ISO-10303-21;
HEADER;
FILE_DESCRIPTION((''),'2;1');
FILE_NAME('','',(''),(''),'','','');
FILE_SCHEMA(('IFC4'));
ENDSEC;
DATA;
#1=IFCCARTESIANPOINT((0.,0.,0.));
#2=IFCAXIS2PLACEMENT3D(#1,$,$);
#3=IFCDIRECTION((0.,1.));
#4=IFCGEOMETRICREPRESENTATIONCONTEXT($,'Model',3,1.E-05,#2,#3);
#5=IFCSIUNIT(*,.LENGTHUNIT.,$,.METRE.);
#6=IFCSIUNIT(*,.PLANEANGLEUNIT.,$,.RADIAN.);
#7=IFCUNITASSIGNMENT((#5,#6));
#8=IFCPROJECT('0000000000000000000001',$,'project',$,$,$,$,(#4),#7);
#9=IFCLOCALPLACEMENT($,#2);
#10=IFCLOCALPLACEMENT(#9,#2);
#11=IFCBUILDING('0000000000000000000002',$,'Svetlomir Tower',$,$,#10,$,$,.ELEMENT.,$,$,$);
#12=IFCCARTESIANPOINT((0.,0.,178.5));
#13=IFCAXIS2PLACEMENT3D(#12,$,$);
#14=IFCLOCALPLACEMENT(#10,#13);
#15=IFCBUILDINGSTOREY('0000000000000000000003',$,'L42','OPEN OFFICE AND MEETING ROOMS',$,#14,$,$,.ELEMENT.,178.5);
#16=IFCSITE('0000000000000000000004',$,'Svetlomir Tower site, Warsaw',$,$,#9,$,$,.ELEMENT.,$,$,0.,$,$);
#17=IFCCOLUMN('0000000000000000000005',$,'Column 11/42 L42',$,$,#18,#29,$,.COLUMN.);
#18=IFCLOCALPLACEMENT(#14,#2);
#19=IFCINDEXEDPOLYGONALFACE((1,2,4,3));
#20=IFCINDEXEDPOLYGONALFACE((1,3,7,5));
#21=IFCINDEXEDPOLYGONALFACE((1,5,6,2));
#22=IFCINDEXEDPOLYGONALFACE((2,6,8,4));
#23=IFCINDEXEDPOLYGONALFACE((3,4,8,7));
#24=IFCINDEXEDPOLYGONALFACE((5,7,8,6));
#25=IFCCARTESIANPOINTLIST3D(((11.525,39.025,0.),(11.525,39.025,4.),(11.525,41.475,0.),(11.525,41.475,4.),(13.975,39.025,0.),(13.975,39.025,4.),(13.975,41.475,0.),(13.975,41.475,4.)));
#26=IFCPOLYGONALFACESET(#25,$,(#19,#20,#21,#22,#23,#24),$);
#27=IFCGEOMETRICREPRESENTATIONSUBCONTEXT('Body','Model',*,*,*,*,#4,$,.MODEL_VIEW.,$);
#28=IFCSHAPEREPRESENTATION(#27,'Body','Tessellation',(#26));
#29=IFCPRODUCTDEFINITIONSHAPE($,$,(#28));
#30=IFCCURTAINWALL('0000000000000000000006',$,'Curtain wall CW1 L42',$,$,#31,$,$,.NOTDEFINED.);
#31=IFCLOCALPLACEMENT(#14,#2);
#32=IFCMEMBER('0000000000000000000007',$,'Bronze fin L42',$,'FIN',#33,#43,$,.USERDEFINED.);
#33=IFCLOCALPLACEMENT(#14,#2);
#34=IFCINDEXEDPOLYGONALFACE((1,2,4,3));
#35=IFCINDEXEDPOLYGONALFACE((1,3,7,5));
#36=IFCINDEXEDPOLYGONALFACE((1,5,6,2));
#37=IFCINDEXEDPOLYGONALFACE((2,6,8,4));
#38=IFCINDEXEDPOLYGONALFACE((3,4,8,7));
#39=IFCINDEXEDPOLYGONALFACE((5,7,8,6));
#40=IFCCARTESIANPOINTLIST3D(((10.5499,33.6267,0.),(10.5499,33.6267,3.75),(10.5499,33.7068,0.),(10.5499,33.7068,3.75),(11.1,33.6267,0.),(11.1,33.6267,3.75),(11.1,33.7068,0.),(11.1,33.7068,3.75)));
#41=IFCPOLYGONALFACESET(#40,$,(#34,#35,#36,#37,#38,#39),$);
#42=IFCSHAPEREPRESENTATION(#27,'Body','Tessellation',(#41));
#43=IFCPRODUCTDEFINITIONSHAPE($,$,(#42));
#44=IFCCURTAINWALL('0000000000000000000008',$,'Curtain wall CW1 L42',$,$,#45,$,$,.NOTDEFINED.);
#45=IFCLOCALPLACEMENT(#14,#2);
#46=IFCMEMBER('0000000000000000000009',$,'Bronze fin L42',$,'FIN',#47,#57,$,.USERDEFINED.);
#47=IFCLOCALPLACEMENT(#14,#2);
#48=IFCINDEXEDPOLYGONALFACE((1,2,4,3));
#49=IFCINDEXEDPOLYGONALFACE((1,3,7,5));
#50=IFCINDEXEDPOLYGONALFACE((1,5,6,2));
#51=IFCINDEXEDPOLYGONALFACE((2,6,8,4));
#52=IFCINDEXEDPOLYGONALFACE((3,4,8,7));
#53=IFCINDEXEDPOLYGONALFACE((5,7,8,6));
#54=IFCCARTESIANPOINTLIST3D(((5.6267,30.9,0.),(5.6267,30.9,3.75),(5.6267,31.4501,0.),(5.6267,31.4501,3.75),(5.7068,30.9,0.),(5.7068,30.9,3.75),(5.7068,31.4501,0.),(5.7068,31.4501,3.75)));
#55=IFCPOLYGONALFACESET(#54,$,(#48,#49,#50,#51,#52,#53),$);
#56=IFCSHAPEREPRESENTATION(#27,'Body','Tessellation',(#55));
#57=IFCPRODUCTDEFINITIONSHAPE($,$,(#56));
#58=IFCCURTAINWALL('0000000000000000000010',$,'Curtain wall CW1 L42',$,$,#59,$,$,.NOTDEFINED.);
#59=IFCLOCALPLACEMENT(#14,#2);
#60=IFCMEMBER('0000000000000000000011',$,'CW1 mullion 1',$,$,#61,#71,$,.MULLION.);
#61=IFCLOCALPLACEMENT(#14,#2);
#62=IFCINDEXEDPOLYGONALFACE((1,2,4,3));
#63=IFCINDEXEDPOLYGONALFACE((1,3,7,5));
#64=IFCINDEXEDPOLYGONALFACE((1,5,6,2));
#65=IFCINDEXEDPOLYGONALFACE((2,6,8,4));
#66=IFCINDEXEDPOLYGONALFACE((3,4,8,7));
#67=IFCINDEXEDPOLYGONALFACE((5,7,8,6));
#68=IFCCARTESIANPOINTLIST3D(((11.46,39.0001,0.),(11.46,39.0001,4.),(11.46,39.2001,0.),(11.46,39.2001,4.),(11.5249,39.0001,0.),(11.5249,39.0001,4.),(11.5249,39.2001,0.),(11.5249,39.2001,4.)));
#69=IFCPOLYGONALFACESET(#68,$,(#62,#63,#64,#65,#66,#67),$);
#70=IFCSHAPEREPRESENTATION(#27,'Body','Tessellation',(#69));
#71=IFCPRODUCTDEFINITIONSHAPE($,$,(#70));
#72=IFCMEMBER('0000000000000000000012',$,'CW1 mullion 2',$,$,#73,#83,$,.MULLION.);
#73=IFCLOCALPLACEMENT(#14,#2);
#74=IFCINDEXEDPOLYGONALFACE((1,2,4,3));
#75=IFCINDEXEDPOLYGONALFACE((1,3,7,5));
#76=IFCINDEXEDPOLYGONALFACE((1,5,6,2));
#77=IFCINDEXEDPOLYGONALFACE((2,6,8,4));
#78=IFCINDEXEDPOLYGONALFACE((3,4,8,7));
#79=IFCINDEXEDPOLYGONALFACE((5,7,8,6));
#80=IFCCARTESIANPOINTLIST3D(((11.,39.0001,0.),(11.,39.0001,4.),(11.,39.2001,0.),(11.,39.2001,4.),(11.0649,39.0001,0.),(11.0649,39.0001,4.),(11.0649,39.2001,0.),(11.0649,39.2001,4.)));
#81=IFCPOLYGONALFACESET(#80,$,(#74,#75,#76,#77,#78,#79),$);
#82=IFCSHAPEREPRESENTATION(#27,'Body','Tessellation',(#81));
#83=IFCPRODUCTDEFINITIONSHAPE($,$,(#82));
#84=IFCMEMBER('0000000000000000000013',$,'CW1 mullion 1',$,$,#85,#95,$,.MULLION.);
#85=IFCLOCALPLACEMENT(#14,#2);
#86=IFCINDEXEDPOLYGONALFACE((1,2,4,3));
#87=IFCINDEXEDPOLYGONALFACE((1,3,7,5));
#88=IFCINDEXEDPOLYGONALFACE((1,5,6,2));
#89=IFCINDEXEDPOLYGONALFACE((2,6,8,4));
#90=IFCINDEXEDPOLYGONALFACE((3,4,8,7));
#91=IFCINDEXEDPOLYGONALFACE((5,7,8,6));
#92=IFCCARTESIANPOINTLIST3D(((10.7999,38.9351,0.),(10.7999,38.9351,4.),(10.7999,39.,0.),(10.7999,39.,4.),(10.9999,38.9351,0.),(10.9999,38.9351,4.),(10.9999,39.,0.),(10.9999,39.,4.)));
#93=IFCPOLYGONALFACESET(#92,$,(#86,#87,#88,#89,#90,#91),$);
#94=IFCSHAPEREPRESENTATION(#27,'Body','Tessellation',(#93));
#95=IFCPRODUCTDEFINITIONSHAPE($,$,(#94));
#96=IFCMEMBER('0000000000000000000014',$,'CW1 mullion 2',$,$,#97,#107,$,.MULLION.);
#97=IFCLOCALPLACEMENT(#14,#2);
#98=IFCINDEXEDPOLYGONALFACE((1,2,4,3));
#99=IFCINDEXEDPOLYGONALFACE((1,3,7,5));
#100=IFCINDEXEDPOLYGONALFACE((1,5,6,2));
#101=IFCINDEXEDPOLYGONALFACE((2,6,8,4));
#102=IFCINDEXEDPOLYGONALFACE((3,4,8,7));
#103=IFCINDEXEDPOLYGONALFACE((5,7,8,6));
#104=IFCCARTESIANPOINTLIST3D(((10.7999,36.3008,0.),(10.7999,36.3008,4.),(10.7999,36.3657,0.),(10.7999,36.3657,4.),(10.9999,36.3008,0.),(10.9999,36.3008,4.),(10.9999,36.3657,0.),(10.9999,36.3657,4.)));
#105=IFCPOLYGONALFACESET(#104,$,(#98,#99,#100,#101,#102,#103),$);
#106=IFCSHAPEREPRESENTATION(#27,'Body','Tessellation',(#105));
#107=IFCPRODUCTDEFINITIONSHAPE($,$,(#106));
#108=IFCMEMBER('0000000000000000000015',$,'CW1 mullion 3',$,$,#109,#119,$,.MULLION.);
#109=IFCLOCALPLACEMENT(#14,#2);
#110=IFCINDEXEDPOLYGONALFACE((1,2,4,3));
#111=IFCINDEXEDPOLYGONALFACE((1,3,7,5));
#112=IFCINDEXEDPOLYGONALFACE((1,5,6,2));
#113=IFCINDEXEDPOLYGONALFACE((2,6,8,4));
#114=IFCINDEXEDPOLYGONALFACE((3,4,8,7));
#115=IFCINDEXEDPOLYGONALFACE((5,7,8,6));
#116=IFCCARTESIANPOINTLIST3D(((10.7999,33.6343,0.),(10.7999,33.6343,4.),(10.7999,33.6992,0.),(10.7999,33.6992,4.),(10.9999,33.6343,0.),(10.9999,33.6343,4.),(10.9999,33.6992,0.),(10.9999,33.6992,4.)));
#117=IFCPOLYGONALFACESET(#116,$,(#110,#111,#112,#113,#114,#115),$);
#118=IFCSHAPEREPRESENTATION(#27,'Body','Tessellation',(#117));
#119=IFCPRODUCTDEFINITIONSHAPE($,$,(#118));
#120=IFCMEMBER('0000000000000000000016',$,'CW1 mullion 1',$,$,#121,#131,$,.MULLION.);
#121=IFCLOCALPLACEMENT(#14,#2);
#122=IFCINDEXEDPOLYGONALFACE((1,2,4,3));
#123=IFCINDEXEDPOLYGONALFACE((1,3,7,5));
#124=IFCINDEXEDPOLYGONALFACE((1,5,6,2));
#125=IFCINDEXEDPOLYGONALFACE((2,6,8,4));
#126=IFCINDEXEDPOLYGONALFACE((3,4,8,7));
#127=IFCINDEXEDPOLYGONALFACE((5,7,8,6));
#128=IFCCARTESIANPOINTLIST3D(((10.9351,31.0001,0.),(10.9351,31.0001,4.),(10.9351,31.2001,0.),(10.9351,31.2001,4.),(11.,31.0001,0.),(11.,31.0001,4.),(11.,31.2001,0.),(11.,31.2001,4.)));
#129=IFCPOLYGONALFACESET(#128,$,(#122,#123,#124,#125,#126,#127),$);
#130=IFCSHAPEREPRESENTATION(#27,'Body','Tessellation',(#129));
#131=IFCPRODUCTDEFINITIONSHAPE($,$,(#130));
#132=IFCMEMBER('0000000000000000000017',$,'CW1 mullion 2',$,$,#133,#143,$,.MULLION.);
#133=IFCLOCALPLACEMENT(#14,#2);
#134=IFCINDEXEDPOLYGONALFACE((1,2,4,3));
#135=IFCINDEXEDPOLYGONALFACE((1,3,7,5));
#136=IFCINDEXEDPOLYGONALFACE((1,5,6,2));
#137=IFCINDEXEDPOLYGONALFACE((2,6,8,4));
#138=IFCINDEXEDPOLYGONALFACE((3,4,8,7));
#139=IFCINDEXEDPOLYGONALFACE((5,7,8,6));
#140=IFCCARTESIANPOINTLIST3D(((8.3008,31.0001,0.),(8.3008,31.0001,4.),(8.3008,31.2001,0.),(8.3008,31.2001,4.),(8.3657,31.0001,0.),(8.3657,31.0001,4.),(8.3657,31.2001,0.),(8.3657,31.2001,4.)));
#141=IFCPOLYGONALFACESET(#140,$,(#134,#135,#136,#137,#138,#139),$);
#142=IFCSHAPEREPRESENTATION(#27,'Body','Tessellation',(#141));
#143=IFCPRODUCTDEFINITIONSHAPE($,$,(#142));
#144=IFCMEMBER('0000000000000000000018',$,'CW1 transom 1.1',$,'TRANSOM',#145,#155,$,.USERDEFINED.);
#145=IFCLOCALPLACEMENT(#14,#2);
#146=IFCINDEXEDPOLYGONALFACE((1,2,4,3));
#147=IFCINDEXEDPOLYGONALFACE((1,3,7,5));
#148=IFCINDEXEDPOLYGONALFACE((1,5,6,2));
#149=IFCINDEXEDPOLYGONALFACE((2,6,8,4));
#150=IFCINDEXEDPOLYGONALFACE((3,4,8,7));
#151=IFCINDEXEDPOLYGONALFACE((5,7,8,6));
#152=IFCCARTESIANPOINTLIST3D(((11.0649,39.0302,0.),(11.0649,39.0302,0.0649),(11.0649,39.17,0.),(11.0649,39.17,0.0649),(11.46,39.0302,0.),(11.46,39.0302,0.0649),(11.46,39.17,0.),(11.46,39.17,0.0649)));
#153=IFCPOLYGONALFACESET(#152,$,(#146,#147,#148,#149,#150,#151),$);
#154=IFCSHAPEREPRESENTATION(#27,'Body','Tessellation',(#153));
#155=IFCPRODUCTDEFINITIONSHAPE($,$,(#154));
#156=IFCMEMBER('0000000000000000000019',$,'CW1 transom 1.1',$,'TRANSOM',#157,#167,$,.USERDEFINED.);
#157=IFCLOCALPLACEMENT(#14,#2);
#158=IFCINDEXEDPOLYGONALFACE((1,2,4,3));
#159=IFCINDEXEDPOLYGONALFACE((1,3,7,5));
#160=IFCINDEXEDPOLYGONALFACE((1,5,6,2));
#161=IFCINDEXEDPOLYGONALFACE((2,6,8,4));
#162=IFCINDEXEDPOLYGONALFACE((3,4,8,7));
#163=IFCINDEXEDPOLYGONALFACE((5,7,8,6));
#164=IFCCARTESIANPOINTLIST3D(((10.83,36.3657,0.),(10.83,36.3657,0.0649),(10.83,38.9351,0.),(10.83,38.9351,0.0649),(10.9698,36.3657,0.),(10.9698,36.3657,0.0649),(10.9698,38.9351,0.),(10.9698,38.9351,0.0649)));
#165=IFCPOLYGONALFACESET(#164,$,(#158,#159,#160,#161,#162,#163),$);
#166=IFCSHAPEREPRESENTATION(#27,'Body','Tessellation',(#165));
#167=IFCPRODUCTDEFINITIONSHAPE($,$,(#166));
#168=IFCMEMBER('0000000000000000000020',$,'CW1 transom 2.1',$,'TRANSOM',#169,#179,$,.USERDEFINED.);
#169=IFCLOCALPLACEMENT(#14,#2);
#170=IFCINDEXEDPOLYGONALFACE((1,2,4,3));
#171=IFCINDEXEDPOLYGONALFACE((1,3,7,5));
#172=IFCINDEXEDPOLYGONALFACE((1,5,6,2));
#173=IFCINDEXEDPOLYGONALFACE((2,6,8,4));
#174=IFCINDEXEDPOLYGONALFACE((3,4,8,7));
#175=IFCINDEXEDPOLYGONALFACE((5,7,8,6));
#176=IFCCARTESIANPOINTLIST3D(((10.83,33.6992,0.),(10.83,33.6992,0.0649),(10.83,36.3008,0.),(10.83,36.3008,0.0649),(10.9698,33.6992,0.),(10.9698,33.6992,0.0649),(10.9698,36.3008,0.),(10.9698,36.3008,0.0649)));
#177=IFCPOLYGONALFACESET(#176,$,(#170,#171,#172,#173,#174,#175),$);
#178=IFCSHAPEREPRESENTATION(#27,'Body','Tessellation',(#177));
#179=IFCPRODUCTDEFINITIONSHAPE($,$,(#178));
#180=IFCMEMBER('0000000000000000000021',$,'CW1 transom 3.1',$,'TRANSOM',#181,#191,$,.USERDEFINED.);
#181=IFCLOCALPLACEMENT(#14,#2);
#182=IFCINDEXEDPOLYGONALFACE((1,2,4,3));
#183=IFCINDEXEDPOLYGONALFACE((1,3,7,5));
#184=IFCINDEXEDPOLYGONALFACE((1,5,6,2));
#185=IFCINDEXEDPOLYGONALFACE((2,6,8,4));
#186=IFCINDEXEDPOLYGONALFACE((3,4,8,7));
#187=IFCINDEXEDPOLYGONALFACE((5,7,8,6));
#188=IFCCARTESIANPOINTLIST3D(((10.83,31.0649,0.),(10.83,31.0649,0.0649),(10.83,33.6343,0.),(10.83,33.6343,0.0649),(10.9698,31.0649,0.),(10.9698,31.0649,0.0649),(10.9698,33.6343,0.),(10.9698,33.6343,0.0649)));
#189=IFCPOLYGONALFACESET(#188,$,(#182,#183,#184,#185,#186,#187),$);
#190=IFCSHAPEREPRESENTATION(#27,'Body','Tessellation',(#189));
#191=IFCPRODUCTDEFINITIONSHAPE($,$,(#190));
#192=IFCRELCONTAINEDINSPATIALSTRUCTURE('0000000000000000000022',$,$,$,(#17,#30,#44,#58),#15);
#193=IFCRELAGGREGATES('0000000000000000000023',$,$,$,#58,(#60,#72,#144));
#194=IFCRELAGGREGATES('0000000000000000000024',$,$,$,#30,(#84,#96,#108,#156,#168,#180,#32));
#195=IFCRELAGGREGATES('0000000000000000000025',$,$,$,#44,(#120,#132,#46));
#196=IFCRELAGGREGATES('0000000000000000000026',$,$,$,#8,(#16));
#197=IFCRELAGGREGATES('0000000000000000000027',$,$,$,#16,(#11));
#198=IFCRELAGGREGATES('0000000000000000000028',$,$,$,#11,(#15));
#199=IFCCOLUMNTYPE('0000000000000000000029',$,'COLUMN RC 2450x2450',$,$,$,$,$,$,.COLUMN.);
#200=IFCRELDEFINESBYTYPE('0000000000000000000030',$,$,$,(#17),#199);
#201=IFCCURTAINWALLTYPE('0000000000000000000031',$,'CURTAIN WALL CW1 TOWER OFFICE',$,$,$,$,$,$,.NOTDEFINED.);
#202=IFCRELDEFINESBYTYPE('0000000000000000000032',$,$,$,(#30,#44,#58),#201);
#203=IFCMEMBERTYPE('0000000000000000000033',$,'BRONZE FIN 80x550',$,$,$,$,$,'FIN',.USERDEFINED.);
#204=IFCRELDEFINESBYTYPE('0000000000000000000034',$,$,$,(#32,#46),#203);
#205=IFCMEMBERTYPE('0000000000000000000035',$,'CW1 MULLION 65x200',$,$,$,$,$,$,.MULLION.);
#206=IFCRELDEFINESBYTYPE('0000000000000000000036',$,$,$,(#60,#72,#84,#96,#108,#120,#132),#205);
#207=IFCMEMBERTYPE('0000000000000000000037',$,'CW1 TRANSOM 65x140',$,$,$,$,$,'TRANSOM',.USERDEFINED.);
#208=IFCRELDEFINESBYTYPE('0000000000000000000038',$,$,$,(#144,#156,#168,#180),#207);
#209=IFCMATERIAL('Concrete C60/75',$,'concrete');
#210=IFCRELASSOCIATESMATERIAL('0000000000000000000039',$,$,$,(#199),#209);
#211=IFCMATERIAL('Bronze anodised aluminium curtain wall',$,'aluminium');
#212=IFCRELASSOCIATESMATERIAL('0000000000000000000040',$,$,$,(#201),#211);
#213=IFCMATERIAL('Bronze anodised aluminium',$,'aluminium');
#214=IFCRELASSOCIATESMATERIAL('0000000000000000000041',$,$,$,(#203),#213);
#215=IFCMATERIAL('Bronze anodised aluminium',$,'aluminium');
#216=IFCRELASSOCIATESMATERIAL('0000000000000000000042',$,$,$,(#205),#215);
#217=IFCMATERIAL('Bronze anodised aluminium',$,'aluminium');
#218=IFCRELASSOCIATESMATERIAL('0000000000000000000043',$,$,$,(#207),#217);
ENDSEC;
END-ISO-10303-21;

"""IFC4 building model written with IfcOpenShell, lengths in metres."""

from ifc_helpers import new_model, si_unit, direction, frame, origin, origin_2d, place, context, subcontext, project, spatial, rectangle, extrude, material, material_profile, profile_set, type_object, element, aggregate, save


model = new_model("IFC4")

# Units and contexts
model_context = context("Model", 3, precision=1e-05, world=origin(), true_north=direction((0.0, 1.0)))
body_context = subcontext(model_context, "Body", "Model", "MODEL_VIEW")
ifc_project = project(units=[si_unit("LENGTHUNIT", "METRE"), si_unit("PLANEANGLEUNIT", "RADIAN")], contexts=[model_context])

# Site, building, storey
site_placement = place(None, origin())
site = spatial("IfcSite", under=ifc_project, at=site_placement, Name="Svetlomir Tower site, Warsaw", CompositionType="ELEMENT", RefElevation=0.0)
building_placement = place(site_placement, origin())
building = spatial("IfcBuilding", under=site, at=building_placement, Name="Svetlomir Tower", CompositionType="ELEMENT")
storey_placement = place(building_placement, frame((0.0, 0.0, 178.5)))
storey = spatial("IfcBuildingStorey", under=building, at=storey_placement, Name="L42", Description="OPEN OFFICE AND MEETING ROOMS", CompositionType="ELEMENT", Elevation=178.5)

# Column
ifc_material_1 = material(Name="Concrete C60/75", Category="concrete")
ifc_material_profile_1 = material_profile(ifc_material_1, rectangle(XDim=2.45, YDim=2.45, at=origin_2d()), Name="RC 2450x2450")
ifc_profile_set_1 = profile_set([ifc_material_profile_1], Name="Concrete C60/75")
column_type = type_object("IfcColumnType", Name="COLUMN RC 2450x2450", PredefinedType="COLUMN", material=ifc_profile_set_1)
column_placement = place(storey_placement, frame((12.75, 40.25, 0.0), z_axis=(0.0, 0.0, 1.0), x_axis=(1.0, 0.0, 0.0)))
element("IfcColumn", 1, at=column_placement, inside=storey, type_object=column_type, Name="Column 11/42 L42", PredefinedType="COLUMN", context=body_context, shape_type="SweptSolid", body=[
    extrude(rectangle(XDim=2.45, YDim=2.45, at=origin_2d()), origin(), (0.0, 0.0, 1.0), 4.0),
])

# Curtain walls, members
ifc_material_2 = material(Name="Bronze anodised aluminium curtain wall", Category="aluminium")
curtain_wall_type = type_object("IfcCurtainWallType", Name="CURTAIN WALL CW1 TOWER OFFICE", PredefinedType="NOTDEFINED", material=ifc_material_2)
curtain_wall_1_placement = place(storey_placement, origin())
curtain_wall_1 = element("IfcCurtainWall", 2, at=curtain_wall_1_placement, inside=storey, type_object=curtain_wall_type, Name="Curtain wall CW1 L42", PredefinedType="NOTDEFINED")
ifc_material_3 = material(Name="Bronze anodised aluminium", Category="aluminium")
ifc_material_profile_2 = material_profile(ifc_material_3, rectangle(XDim=0.0801, YDim=0.55, at=origin_2d()), Name="FIN 80x550")
ifc_profile_set_2 = profile_set([ifc_material_profile_2], Name="Bronze anodised aluminium 6063-T6")
member_type_1 = type_object("IfcMemberType", Name="BRONZE FIN 80x550", ElementType="FIN", PredefinedType="USERDEFINED", material=ifc_profile_set_2)
member_1_placement = place(storey_placement, frame((10.825, 33.6667, 0.0), z_axis=(0.0, 0.0, 1.0), x_axis=(0.0, 1.0, 0.0)))
member_1 = element("IfcMember", 3, at=member_1_placement, type_object=member_type_1, Name="Bronze fin L42", ObjectType="FIN", PredefinedType="USERDEFINED", context=body_context, shape_type="SweptSolid", body=[
    extrude(rectangle(XDim=0.0801, YDim=0.55, at=origin_2d()), origin(), (0.0, 0.0, 1.0), 3.75),
])
curtain_wall_2_placement = place(storey_placement, origin())
curtain_wall_2 = element("IfcCurtainWall", 4, at=curtain_wall_2_placement, inside=storey, type_object=curtain_wall_type, Name="Curtain wall CW1 L42", PredefinedType="NOTDEFINED")
member_2_placement = place(storey_placement, frame((5.6667, 31.175, 0.0), z_axis=(0.0, 0.0, 1.0), x_axis=(1.0, 0.0, 0.0)))
member_2 = element("IfcMember", 5, at=member_2_placement, type_object=member_type_1, Name="Bronze fin L42", ObjectType="FIN", PredefinedType="USERDEFINED", context=body_context, shape_type="SweptSolid", body=[
    extrude(rectangle(XDim=0.0801, YDim=0.55, at=origin_2d()), origin(), (0.0, 0.0, 1.0), 3.75),
])

# Curtain wall, members
curtain_wall_3_placement = place(storey_placement, origin())
curtain_wall_3 = element("IfcCurtainWall", 6, at=curtain_wall_3_placement, inside=storey, type_object=curtain_wall_type, Name="Curtain wall CW1 L42", PredefinedType="NOTDEFINED")
ifc_material_4 = material(Name="Bronze anodised aluminium", Category="aluminium")
ifc_material_profile_3 = material_profile(ifc_material_4, rectangle(XDim=0.0649, YDim=0.2, at=origin_2d()), Name="AL 65x200")
ifc_profile_set_3 = profile_set([ifc_material_profile_3], Name="Bronze anodised aluminium 6063-T6")
member_type_2 = type_object("IfcMemberType", Name="CW1 MULLION 65x200", PredefinedType="MULLION", material=ifc_profile_set_3)
member_3_placement = place(storey_placement, frame((11.4924, 39.1001, 0.0), z_axis=(0.0, 0.0, 1.0), x_axis=(-1.0, 0.0, 0.0)))
member_3 = element("IfcMember", 7, at=member_3_placement, type_object=member_type_2, Name="CW1 mullion 1", PredefinedType="MULLION", context=body_context, shape_type="SweptSolid", body=[
    extrude(rectangle(XDim=0.0649, YDim=0.2, at=origin_2d()), origin(), (0.0, 0.0, 1.0), 4.0),
])
member_4_placement = place(storey_placement, frame((11.0325, 39.1001, 0.0), z_axis=(0.0, 0.0, 1.0), x_axis=(-1.0, 0.0, 0.0)))
member_4 = element("IfcMember", 8, at=member_4_placement, type_object=member_type_2, Name="CW1 mullion 2", PredefinedType="MULLION", context=body_context, shape_type="SweptSolid", body=[
    extrude(rectangle(XDim=0.0649, YDim=0.2, at=origin_2d()), origin(), (0.0, 0.0, 1.0), 4.0),
])

# Members
member_5_placement = place(storey_placement, frame((10.8999, 38.9675, 0.0), z_axis=(0.0, 0.0, 1.0), x_axis=(0.0, -1.0, 0.0)))
member_5 = element("IfcMember", 9, at=member_5_placement, type_object=member_type_2, Name="CW1 mullion 1", PredefinedType="MULLION", context=body_context, shape_type="SweptSolid", body=[
    extrude(rectangle(XDim=0.0649, YDim=0.2, at=origin_2d()), origin(), (0.0, 0.0, 1.0), 4.0),
])
member_6_placement = place(storey_placement, frame((10.8999, 36.3333, 0.0), z_axis=(0.0, 0.0, 1.0), x_axis=(0.0, -1.0, 0.0)))
member_6 = element("IfcMember", 10, at=member_6_placement, type_object=member_type_2, Name="CW1 mullion 2", PredefinedType="MULLION", context=body_context, shape_type="SweptSolid", body=[
    extrude(rectangle(XDim=0.0649, YDim=0.2, at=origin_2d()), origin(), (0.0, 0.0, 1.0), 4.0),
])
member_7_placement = place(storey_placement, frame((10.8999, 33.6667, 0.0), z_axis=(0.0, 0.0, 1.0), x_axis=(0.0, -1.0, 0.0)))
member_7 = element("IfcMember", 11, at=member_7_placement, type_object=member_type_2, Name="CW1 mullion 3", PredefinedType="MULLION", context=body_context, shape_type="SweptSolid", body=[
    extrude(rectangle(XDim=0.0649, YDim=0.2, at=origin_2d()), origin(), (0.0, 0.0, 1.0), 4.0),
])
member_8_placement = place(storey_placement, frame((10.9675, 31.1001, 0.0), z_axis=(0.0, 0.0, 1.0), x_axis=(-1.0, 0.0, 0.0)))
member_8 = element("IfcMember", 12, at=member_8_placement, type_object=member_type_2, Name="CW1 mullion 1", PredefinedType="MULLION", context=body_context, shape_type="SweptSolid", body=[
    extrude(rectangle(XDim=0.0649, YDim=0.2, at=origin_2d()), origin(), (0.0, 0.0, 1.0), 4.0),
])
member_9_placement = place(storey_placement, frame((8.3333, 31.1001, 0.0), z_axis=(0.0, 0.0, 1.0), x_axis=(-1.0, 0.0, 0.0)))
member_9 = element("IfcMember", 13, at=member_9_placement, type_object=member_type_2, Name="CW1 mullion 2", PredefinedType="MULLION", context=body_context, shape_type="SweptSolid", body=[
    extrude(rectangle(XDim=0.0649, YDim=0.2, at=origin_2d()), origin(), (0.0, 0.0, 1.0), 4.0),
])
ifc_material_5 = material(Name="Bronze anodised aluminium", Category="aluminium")
ifc_material_profile_4 = material_profile(ifc_material_5, rectangle(XDim=0.1399, YDim=0.0649, at=origin_2d()), Name="AL 140x65")
ifc_profile_set_4 = profile_set([ifc_material_profile_4], Name="Bronze anodised aluminium 6063-T6")
member_type_3 = type_object("IfcMemberType", Name="CW1 TRANSOM 65x140", ElementType="TRANSOM", PredefinedType="USERDEFINED", material=ifc_profile_set_4)
member_10_placement = place(storey_placement, frame((11.46, 39.1001, 0.0325), z_axis=(-1.0, 0.0, 0.0), x_axis=(0.0, -1.0, 0.0)))
member_10 = element("IfcMember", 14, at=member_10_placement, type_object=member_type_3, Name="CW1 transom 1.1", ObjectType="TRANSOM", PredefinedType="USERDEFINED", context=body_context, shape_type="SweptSolid", body=[
    extrude(rectangle(XDim=0.1399, YDim=0.0649, at=origin_2d()), origin(), (0.0, 0.0, 1.0), 0.395),
])
member_11_placement = place(storey_placement, frame((10.8999, 38.9351, 0.0325), z_axis=(0.0, -1.0, 0.0), x_axis=(1.0, 0.0, 0.0)))
member_11 = element("IfcMember", 15, at=member_11_placement, type_object=member_type_3, Name="CW1 transom 1.1", ObjectType="TRANSOM", PredefinedType="USERDEFINED", context=body_context, shape_type="SweptSolid", body=[
    extrude(rectangle(XDim=0.1399, YDim=0.0649, at=origin_2d()), origin(), (0.0, 0.0, 1.0), 2.5693),
])
member_12_placement = place(storey_placement, frame((10.8999, 36.3008, 0.0325), z_axis=(0.0, -1.0, 0.0), x_axis=(1.0, 0.0, 0.0)))
member_12 = element("IfcMember", 16, at=member_12_placement, type_object=member_type_3, Name="CW1 transom 2.1", ObjectType="TRANSOM", PredefinedType="USERDEFINED", context=body_context, shape_type="SweptSolid", body=[
    extrude(rectangle(XDim=0.1399, YDim=0.0649, at=origin_2d()), origin(), (0.0, 0.0, 1.0), 2.6016),
])
member_13_placement = place(storey_placement, frame((10.8999, 33.6343, 0.0325), z_axis=(0.0, -1.0, 0.0), x_axis=(1.0, 0.0, 0.0)))
member_13 = element("IfcMember", 17, at=member_13_placement, type_object=member_type_3, Name="CW1 transom 3.1", ObjectType="TRANSOM", PredefinedType="USERDEFINED", context=body_context, shape_type="SweptSolid", body=[
    extrude(rectangle(XDim=0.1399, YDim=0.0649, at=origin_2d()), origin(), (0.0, 0.0, 1.0), 2.5693),
])

aggregate(curtain_wall_3, [member_3, member_4, member_10])
aggregate(curtain_wall_1, [member_5, member_6, member_7, member_11, member_12, member_13, member_1])
aggregate(curtain_wall_2, [member_8, member_9, member_2])

save(model, "model.ifc")
